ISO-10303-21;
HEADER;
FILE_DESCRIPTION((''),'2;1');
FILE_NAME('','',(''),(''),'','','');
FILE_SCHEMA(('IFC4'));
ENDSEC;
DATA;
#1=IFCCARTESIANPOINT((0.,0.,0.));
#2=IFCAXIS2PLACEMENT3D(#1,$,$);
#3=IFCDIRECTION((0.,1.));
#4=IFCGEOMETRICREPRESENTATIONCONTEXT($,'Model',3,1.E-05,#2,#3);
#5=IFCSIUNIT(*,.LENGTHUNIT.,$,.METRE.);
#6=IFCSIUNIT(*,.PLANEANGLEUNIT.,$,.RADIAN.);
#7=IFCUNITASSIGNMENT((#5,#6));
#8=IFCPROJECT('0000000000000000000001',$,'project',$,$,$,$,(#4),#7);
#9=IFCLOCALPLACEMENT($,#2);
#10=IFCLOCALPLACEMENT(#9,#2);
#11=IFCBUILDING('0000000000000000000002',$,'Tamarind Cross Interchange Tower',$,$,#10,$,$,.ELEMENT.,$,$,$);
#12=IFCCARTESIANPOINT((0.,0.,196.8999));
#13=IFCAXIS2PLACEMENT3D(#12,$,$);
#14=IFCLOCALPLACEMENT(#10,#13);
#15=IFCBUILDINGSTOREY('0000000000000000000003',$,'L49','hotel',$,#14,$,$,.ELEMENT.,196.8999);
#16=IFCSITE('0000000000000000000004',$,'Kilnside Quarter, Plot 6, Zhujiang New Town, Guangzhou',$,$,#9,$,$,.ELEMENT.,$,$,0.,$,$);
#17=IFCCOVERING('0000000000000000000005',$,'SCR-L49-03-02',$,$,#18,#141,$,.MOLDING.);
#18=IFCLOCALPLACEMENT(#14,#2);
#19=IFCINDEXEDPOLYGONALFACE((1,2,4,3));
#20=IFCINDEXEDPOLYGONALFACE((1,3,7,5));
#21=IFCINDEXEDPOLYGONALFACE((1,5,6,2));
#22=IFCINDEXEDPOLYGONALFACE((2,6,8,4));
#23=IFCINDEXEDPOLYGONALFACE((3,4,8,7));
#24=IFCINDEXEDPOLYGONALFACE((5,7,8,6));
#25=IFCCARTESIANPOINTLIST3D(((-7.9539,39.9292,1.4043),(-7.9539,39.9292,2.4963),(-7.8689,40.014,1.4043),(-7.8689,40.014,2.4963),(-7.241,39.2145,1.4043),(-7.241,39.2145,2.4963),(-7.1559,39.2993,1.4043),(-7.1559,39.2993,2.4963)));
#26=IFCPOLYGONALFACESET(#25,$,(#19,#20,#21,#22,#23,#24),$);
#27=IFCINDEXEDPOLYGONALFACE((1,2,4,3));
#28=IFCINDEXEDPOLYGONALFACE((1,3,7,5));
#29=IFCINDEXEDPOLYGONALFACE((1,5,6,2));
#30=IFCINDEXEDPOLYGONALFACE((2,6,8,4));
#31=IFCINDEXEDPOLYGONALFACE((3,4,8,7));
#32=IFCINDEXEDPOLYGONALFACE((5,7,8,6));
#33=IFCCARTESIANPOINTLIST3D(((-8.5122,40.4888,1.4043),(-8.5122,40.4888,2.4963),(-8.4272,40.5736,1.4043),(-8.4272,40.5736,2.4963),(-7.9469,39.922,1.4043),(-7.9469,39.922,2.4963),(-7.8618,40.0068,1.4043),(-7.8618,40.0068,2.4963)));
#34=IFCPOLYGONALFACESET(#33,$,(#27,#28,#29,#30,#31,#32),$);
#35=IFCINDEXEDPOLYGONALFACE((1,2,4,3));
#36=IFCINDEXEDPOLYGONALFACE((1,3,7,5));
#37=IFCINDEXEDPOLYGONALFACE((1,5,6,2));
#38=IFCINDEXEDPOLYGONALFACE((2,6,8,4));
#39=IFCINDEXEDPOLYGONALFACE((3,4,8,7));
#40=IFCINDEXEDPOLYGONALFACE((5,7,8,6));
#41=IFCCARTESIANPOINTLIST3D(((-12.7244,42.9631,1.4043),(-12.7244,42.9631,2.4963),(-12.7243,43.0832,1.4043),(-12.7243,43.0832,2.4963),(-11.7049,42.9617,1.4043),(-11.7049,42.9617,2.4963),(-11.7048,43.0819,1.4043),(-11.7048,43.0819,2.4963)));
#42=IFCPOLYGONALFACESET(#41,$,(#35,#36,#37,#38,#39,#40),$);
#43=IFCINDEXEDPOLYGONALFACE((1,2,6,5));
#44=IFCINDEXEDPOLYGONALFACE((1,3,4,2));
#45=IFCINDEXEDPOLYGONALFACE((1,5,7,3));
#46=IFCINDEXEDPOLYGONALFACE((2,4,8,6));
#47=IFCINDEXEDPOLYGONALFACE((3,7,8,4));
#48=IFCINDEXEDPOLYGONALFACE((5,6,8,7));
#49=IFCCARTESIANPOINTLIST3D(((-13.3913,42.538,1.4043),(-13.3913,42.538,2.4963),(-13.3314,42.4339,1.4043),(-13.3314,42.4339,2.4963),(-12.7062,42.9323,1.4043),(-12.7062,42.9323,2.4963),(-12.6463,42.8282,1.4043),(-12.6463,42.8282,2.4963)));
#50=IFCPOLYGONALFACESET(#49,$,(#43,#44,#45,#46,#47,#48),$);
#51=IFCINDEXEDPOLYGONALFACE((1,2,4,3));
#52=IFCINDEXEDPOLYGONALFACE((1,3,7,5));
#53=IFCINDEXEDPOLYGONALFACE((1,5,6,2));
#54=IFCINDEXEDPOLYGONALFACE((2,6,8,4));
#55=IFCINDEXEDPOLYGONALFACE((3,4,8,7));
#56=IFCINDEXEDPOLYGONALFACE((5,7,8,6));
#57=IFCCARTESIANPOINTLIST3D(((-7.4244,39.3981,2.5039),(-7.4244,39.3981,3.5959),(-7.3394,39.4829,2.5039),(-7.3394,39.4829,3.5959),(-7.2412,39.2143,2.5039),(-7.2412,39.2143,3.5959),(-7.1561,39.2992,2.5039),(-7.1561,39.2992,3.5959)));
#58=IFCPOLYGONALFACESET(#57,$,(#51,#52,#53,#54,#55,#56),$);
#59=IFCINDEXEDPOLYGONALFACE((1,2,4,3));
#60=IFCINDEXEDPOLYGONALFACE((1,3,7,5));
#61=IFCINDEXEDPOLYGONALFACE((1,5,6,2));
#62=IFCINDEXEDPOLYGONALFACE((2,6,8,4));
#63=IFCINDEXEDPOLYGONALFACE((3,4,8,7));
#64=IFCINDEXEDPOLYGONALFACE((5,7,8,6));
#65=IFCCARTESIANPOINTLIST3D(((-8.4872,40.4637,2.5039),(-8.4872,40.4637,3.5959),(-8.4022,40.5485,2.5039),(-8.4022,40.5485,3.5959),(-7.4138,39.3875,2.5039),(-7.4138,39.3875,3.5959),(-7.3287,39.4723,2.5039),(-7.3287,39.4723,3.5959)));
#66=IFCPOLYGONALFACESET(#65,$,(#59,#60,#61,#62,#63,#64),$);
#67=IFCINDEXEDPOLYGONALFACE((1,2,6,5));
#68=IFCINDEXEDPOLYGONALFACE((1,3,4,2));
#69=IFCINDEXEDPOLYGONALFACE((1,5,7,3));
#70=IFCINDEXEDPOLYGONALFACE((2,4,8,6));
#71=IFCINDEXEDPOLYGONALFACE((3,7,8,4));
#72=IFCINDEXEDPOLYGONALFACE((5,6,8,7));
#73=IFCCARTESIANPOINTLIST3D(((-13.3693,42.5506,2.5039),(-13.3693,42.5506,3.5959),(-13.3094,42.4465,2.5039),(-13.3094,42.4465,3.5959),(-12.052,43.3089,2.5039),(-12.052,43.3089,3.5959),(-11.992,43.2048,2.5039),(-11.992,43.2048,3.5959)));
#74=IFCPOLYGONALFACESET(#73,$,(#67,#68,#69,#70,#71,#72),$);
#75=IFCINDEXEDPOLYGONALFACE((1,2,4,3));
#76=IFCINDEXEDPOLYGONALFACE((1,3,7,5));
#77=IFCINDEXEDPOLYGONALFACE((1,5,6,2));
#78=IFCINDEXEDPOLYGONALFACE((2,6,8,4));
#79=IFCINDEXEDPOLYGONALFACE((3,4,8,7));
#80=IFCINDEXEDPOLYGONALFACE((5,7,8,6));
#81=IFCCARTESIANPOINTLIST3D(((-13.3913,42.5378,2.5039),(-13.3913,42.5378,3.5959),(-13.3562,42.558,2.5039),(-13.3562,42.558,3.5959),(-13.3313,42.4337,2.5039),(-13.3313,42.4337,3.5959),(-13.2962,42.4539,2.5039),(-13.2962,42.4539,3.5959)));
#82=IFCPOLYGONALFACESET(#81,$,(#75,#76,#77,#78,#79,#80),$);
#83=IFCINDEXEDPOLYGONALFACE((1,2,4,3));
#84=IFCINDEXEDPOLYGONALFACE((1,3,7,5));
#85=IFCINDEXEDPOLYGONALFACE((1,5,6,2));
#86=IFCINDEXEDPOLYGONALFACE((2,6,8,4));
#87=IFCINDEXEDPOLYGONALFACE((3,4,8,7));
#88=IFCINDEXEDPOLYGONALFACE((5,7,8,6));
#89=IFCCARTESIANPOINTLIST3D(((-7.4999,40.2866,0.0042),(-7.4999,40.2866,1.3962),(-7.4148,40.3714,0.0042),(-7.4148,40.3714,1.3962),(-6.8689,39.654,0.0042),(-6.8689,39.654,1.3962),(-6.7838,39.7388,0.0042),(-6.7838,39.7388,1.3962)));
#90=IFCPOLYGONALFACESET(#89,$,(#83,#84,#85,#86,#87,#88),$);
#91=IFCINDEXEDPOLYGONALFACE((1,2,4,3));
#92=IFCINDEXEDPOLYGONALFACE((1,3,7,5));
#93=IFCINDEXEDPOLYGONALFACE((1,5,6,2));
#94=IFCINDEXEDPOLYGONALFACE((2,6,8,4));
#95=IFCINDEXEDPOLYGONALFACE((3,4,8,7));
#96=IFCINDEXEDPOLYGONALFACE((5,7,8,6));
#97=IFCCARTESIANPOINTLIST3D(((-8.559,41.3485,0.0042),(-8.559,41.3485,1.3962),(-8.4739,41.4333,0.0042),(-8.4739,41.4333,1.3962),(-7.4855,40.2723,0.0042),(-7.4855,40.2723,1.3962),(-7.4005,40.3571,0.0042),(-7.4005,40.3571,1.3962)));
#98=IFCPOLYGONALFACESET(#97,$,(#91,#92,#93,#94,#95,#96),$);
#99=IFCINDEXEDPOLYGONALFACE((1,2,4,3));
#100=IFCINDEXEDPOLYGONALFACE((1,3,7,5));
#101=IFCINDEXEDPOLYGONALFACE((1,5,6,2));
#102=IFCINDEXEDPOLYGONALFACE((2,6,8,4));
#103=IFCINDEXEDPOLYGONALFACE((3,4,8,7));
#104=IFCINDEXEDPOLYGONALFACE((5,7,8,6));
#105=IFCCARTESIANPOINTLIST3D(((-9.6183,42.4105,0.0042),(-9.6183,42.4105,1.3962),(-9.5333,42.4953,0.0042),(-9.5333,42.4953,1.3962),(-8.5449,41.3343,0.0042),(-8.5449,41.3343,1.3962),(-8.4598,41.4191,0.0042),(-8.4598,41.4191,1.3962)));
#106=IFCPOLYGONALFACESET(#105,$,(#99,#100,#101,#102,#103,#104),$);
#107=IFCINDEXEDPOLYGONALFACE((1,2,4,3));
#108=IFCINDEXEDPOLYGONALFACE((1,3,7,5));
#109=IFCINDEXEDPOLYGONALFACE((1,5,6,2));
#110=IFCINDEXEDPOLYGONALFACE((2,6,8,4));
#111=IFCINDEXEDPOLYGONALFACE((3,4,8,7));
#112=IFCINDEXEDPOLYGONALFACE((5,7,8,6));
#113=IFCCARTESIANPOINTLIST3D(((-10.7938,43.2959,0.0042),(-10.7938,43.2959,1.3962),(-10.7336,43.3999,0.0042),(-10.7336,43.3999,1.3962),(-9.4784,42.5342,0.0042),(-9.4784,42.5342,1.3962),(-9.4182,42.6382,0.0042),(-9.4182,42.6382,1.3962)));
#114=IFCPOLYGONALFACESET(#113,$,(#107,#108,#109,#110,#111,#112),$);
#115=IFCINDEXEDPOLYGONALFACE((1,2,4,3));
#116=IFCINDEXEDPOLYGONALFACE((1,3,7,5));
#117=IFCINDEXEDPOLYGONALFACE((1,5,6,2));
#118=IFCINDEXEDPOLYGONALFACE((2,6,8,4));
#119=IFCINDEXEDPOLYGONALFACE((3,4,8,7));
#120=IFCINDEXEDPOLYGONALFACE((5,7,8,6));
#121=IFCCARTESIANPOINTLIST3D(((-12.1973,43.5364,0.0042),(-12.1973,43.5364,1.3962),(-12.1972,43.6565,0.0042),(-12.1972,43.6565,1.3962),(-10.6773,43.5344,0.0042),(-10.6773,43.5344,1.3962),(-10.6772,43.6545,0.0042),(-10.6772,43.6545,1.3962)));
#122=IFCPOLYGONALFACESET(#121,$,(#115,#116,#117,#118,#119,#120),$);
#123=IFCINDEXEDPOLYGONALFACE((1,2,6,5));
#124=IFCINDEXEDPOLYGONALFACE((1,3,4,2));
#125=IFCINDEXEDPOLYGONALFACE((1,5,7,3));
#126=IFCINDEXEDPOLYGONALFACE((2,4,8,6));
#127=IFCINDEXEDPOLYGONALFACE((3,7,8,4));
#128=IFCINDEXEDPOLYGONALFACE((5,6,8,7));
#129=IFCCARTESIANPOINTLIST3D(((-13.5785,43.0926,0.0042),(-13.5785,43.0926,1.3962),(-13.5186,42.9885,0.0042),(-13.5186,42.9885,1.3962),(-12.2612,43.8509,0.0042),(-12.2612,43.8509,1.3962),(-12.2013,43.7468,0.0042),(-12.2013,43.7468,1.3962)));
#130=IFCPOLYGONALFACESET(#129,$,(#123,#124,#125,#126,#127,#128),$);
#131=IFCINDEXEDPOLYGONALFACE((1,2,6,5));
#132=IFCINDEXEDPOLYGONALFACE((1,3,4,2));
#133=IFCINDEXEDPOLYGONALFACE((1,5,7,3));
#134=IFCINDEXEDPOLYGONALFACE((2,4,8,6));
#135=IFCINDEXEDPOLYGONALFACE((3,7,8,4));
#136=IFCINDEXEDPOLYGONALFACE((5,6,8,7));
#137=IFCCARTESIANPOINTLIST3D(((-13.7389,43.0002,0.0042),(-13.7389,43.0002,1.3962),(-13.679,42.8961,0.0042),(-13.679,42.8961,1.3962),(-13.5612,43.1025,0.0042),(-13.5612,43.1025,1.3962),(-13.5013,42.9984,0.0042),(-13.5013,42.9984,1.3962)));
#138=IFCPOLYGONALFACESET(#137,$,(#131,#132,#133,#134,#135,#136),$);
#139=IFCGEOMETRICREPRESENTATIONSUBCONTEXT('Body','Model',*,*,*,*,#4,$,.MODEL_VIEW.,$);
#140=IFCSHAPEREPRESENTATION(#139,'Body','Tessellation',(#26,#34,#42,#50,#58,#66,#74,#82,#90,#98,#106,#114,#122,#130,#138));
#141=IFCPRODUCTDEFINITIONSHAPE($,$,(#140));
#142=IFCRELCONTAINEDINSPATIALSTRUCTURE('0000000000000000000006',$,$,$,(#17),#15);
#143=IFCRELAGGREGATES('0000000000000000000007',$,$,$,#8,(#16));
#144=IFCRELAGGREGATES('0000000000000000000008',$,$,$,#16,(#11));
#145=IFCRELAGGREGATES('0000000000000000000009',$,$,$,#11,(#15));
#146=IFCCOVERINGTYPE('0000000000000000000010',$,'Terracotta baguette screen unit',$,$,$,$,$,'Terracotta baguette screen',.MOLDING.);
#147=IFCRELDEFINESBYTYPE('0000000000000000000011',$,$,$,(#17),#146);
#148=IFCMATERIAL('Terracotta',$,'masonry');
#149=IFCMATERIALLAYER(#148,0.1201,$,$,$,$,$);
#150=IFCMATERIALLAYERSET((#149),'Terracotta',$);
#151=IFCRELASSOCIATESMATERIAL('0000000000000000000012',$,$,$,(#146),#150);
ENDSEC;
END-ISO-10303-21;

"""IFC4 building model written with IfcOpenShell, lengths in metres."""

from ifc_helpers import new_model, si_unit, direction, frame, origin, origin_2d, place, context, subcontext, project, spatial, rectangle, extrude, material, layer, layer_set, type_object, element, save


model = new_model("IFC4")

# Units and contexts
model_context = context("Model", 3, precision=1e-05, world=origin(), true_north=direction((0.0, 1.0)))
body_context = subcontext(model_context, "Body", "Model", "MODEL_VIEW")
ifc_project = project(units=[si_unit("LENGTHUNIT", "METRE"), si_unit("PLANEANGLEUNIT", "RADIAN")], contexts=[model_context])

# Site, building, storey
site_placement = place(None, origin())
site = spatial("IfcSite", under=ifc_project, at=site_placement, Name="Kilnside Quarter, Plot 6, Zhujiang New Town, Guangzhou", CompositionType="ELEMENT", RefElevation=0.0)
building_placement = place(site_placement, origin())
building = spatial("IfcBuilding", under=site, at=building_placement, Name="Tamarind Cross Interchange Tower", CompositionType="ELEMENT")
storey_placement = place(building_placement, frame((0.0, 0.0, 196.8999)))
storey = spatial("IfcBuildingStorey", under=building, at=storey_placement, Name="L49", Description="hotel", CompositionType="ELEMENT", Elevation=196.8999)

# Covering
ifc_material_1 = material(Name="Terracotta", Category="masonry")
ifc_layer_1 = layer(ifc_material_1, 0.1201)
ifc_layer_set_1 = layer_set([ifc_layer_1], Name="Terracotta")
covering_type = type_object("IfcCoveringType", Name="Terracotta baguette screen unit", ElementType="Terracotta baguette screen", PredefinedType="MOLDING", material=ifc_layer_set_1)
covering_1_placement = place(storey_placement, origin())
element("IfcCovering", 1, at=covering_1_placement, inside=storey, type_object=covering_type, Name="SCR-L49-03-02", PredefinedType="MOLDING", context=body_context, shape_type="SweptSolid", body=[
    extrude(rectangle(XDim=1.0095, YDim=0.1201, at=origin_2d()), frame((-7.5549, 39.6143, 1.4043), z_axis=(0.0, 0.0, 1.0), x_axis=(-0.706198, 0.708015, 0.0)), (0.0, 0.0, 1.0), 1.092),
    extrude(rectangle(XDim=0.8005, YDim=0.1201, at=origin_2d()), frame((-8.187, 40.2478, 1.4043), z_axis=(0.0, 0.0, 1.0), x_axis=(-0.706198, 0.708015, 0.0)), (0.0, 0.0, 1.0), 1.092),
    extrude(rectangle(XDim=1.0195, YDim=0.1201, at=origin_2d()), frame((-12.2146, 43.0225, 1.4043), z_axis=(0.0, 0.0, 1.0), x_axis=(-0.999999, 0.001285, 0.0)), (0.0, 0.0, 1.0), 1.092),
    extrude(rectangle(XDim=0.7905, YDim=0.1201, at=origin_2d()), frame((-13.0188, 42.6831, 1.4043), z_axis=(0.0, 0.0, 1.0), x_axis=(-0.866667, -0.498887, 0.0)), (0.0, 0.0, 1.0), 1.092),
    extrude(rectangle(XDim=0.2595, YDim=0.1201, at=origin_2d()), frame((-7.2903, 39.3486, 2.5039), z_axis=(0.0, 0.0, 1.0), x_axis=(-0.706198, 0.708015, 0.0)), (0.0, 0.0, 1.0), 1.092),
    extrude(rectangle(XDim=1.52, YDim=0.1201, at=origin_2d()), frame((-7.908, 39.968, 2.5039), z_axis=(0.0, 0.0, 1.0), x_axis=(-0.706198, 0.708015, 0.0)), (0.0, 0.0, 1.0), 1.092),
    extrude(rectangle(XDim=1.52, YDim=0.1201, at=origin_2d()), frame((-12.6807, 42.8777, 2.5039), z_axis=(0.0, 0.0, 1.0), x_axis=(-0.866667, -0.498887, 0.0)), (0.0, 0.0, 1.0), 1.092),
    extrude(rectangle(XDim=0.0405, YDim=0.1201, at=origin_2d()), frame((-13.3438, 42.4958, 2.5039), z_axis=(0.0, 0.0, 1.0), x_axis=(-0.866667, -0.498887, 0.0)), (0.0, 0.0, 1.0), 1.092),
    extrude(rectangle(XDim=0.8936, YDim=0.1201, at=origin_2d()), frame((-7.1418, 40.0127, 0.0042), z_axis=(0.0, 0.0, 1.0), x_axis=(-0.706198, 0.708015, 0.0)), (0.0, 0.0, 1.0), 1.3921),
    extrude(rectangle(XDim=1.52, YDim=0.1201, at=origin_2d()), frame((-7.9797, 40.8528, 0.0042), z_axis=(0.0, 0.0, 1.0), x_axis=(-0.706198, 0.708015, 0.0)), (0.0, 0.0, 1.0), 1.3921),
    extrude(rectangle(XDim=1.52, YDim=0.1201, at=origin_2d()), frame((-9.0391, 41.9148, 0.0042), z_axis=(0.0, 0.0, 1.0), x_axis=(-0.706198, 0.708015, 0.0)), (0.0, 0.0, 1.0), 1.3921),
    extrude(rectangle(XDim=1.52, YDim=0.1201, at=origin_2d()), frame((-10.106, 42.967, 0.0042), z_axis=(0.0, 0.0, 1.0), x_axis=(-0.865382, 0.501112, 0.0)), (0.0, 0.0, 1.0), 1.3921),
    extrude(rectangle(XDim=1.52, YDim=0.1201, at=origin_2d()), frame((-11.4373, 43.5955, 0.0042), z_axis=(0.0, 0.0, 1.0), x_axis=(-0.999999, 0.001285, 0.0)), (0.0, 0.0, 1.0), 1.3921),
    extrude(rectangle(XDim=1.52, YDim=0.1201, at=origin_2d()), frame((-12.8899, 43.4197, 0.0042), z_axis=(0.0, 0.0, 1.0), x_axis=(-0.866667, -0.498887, 0.0)), (0.0, 0.0, 1.0), 1.3921),
    extrude(rectangle(XDim=0.2051, YDim=0.1201, at=origin_2d()), frame((-13.6201, 42.9993, 0.0042), z_axis=(0.0, 0.0, 1.0), x_axis=(-0.866667, -0.498887, 0.0)), (0.0, 0.0, 1.0), 1.3921),
])

save(model, "model.ifc")
